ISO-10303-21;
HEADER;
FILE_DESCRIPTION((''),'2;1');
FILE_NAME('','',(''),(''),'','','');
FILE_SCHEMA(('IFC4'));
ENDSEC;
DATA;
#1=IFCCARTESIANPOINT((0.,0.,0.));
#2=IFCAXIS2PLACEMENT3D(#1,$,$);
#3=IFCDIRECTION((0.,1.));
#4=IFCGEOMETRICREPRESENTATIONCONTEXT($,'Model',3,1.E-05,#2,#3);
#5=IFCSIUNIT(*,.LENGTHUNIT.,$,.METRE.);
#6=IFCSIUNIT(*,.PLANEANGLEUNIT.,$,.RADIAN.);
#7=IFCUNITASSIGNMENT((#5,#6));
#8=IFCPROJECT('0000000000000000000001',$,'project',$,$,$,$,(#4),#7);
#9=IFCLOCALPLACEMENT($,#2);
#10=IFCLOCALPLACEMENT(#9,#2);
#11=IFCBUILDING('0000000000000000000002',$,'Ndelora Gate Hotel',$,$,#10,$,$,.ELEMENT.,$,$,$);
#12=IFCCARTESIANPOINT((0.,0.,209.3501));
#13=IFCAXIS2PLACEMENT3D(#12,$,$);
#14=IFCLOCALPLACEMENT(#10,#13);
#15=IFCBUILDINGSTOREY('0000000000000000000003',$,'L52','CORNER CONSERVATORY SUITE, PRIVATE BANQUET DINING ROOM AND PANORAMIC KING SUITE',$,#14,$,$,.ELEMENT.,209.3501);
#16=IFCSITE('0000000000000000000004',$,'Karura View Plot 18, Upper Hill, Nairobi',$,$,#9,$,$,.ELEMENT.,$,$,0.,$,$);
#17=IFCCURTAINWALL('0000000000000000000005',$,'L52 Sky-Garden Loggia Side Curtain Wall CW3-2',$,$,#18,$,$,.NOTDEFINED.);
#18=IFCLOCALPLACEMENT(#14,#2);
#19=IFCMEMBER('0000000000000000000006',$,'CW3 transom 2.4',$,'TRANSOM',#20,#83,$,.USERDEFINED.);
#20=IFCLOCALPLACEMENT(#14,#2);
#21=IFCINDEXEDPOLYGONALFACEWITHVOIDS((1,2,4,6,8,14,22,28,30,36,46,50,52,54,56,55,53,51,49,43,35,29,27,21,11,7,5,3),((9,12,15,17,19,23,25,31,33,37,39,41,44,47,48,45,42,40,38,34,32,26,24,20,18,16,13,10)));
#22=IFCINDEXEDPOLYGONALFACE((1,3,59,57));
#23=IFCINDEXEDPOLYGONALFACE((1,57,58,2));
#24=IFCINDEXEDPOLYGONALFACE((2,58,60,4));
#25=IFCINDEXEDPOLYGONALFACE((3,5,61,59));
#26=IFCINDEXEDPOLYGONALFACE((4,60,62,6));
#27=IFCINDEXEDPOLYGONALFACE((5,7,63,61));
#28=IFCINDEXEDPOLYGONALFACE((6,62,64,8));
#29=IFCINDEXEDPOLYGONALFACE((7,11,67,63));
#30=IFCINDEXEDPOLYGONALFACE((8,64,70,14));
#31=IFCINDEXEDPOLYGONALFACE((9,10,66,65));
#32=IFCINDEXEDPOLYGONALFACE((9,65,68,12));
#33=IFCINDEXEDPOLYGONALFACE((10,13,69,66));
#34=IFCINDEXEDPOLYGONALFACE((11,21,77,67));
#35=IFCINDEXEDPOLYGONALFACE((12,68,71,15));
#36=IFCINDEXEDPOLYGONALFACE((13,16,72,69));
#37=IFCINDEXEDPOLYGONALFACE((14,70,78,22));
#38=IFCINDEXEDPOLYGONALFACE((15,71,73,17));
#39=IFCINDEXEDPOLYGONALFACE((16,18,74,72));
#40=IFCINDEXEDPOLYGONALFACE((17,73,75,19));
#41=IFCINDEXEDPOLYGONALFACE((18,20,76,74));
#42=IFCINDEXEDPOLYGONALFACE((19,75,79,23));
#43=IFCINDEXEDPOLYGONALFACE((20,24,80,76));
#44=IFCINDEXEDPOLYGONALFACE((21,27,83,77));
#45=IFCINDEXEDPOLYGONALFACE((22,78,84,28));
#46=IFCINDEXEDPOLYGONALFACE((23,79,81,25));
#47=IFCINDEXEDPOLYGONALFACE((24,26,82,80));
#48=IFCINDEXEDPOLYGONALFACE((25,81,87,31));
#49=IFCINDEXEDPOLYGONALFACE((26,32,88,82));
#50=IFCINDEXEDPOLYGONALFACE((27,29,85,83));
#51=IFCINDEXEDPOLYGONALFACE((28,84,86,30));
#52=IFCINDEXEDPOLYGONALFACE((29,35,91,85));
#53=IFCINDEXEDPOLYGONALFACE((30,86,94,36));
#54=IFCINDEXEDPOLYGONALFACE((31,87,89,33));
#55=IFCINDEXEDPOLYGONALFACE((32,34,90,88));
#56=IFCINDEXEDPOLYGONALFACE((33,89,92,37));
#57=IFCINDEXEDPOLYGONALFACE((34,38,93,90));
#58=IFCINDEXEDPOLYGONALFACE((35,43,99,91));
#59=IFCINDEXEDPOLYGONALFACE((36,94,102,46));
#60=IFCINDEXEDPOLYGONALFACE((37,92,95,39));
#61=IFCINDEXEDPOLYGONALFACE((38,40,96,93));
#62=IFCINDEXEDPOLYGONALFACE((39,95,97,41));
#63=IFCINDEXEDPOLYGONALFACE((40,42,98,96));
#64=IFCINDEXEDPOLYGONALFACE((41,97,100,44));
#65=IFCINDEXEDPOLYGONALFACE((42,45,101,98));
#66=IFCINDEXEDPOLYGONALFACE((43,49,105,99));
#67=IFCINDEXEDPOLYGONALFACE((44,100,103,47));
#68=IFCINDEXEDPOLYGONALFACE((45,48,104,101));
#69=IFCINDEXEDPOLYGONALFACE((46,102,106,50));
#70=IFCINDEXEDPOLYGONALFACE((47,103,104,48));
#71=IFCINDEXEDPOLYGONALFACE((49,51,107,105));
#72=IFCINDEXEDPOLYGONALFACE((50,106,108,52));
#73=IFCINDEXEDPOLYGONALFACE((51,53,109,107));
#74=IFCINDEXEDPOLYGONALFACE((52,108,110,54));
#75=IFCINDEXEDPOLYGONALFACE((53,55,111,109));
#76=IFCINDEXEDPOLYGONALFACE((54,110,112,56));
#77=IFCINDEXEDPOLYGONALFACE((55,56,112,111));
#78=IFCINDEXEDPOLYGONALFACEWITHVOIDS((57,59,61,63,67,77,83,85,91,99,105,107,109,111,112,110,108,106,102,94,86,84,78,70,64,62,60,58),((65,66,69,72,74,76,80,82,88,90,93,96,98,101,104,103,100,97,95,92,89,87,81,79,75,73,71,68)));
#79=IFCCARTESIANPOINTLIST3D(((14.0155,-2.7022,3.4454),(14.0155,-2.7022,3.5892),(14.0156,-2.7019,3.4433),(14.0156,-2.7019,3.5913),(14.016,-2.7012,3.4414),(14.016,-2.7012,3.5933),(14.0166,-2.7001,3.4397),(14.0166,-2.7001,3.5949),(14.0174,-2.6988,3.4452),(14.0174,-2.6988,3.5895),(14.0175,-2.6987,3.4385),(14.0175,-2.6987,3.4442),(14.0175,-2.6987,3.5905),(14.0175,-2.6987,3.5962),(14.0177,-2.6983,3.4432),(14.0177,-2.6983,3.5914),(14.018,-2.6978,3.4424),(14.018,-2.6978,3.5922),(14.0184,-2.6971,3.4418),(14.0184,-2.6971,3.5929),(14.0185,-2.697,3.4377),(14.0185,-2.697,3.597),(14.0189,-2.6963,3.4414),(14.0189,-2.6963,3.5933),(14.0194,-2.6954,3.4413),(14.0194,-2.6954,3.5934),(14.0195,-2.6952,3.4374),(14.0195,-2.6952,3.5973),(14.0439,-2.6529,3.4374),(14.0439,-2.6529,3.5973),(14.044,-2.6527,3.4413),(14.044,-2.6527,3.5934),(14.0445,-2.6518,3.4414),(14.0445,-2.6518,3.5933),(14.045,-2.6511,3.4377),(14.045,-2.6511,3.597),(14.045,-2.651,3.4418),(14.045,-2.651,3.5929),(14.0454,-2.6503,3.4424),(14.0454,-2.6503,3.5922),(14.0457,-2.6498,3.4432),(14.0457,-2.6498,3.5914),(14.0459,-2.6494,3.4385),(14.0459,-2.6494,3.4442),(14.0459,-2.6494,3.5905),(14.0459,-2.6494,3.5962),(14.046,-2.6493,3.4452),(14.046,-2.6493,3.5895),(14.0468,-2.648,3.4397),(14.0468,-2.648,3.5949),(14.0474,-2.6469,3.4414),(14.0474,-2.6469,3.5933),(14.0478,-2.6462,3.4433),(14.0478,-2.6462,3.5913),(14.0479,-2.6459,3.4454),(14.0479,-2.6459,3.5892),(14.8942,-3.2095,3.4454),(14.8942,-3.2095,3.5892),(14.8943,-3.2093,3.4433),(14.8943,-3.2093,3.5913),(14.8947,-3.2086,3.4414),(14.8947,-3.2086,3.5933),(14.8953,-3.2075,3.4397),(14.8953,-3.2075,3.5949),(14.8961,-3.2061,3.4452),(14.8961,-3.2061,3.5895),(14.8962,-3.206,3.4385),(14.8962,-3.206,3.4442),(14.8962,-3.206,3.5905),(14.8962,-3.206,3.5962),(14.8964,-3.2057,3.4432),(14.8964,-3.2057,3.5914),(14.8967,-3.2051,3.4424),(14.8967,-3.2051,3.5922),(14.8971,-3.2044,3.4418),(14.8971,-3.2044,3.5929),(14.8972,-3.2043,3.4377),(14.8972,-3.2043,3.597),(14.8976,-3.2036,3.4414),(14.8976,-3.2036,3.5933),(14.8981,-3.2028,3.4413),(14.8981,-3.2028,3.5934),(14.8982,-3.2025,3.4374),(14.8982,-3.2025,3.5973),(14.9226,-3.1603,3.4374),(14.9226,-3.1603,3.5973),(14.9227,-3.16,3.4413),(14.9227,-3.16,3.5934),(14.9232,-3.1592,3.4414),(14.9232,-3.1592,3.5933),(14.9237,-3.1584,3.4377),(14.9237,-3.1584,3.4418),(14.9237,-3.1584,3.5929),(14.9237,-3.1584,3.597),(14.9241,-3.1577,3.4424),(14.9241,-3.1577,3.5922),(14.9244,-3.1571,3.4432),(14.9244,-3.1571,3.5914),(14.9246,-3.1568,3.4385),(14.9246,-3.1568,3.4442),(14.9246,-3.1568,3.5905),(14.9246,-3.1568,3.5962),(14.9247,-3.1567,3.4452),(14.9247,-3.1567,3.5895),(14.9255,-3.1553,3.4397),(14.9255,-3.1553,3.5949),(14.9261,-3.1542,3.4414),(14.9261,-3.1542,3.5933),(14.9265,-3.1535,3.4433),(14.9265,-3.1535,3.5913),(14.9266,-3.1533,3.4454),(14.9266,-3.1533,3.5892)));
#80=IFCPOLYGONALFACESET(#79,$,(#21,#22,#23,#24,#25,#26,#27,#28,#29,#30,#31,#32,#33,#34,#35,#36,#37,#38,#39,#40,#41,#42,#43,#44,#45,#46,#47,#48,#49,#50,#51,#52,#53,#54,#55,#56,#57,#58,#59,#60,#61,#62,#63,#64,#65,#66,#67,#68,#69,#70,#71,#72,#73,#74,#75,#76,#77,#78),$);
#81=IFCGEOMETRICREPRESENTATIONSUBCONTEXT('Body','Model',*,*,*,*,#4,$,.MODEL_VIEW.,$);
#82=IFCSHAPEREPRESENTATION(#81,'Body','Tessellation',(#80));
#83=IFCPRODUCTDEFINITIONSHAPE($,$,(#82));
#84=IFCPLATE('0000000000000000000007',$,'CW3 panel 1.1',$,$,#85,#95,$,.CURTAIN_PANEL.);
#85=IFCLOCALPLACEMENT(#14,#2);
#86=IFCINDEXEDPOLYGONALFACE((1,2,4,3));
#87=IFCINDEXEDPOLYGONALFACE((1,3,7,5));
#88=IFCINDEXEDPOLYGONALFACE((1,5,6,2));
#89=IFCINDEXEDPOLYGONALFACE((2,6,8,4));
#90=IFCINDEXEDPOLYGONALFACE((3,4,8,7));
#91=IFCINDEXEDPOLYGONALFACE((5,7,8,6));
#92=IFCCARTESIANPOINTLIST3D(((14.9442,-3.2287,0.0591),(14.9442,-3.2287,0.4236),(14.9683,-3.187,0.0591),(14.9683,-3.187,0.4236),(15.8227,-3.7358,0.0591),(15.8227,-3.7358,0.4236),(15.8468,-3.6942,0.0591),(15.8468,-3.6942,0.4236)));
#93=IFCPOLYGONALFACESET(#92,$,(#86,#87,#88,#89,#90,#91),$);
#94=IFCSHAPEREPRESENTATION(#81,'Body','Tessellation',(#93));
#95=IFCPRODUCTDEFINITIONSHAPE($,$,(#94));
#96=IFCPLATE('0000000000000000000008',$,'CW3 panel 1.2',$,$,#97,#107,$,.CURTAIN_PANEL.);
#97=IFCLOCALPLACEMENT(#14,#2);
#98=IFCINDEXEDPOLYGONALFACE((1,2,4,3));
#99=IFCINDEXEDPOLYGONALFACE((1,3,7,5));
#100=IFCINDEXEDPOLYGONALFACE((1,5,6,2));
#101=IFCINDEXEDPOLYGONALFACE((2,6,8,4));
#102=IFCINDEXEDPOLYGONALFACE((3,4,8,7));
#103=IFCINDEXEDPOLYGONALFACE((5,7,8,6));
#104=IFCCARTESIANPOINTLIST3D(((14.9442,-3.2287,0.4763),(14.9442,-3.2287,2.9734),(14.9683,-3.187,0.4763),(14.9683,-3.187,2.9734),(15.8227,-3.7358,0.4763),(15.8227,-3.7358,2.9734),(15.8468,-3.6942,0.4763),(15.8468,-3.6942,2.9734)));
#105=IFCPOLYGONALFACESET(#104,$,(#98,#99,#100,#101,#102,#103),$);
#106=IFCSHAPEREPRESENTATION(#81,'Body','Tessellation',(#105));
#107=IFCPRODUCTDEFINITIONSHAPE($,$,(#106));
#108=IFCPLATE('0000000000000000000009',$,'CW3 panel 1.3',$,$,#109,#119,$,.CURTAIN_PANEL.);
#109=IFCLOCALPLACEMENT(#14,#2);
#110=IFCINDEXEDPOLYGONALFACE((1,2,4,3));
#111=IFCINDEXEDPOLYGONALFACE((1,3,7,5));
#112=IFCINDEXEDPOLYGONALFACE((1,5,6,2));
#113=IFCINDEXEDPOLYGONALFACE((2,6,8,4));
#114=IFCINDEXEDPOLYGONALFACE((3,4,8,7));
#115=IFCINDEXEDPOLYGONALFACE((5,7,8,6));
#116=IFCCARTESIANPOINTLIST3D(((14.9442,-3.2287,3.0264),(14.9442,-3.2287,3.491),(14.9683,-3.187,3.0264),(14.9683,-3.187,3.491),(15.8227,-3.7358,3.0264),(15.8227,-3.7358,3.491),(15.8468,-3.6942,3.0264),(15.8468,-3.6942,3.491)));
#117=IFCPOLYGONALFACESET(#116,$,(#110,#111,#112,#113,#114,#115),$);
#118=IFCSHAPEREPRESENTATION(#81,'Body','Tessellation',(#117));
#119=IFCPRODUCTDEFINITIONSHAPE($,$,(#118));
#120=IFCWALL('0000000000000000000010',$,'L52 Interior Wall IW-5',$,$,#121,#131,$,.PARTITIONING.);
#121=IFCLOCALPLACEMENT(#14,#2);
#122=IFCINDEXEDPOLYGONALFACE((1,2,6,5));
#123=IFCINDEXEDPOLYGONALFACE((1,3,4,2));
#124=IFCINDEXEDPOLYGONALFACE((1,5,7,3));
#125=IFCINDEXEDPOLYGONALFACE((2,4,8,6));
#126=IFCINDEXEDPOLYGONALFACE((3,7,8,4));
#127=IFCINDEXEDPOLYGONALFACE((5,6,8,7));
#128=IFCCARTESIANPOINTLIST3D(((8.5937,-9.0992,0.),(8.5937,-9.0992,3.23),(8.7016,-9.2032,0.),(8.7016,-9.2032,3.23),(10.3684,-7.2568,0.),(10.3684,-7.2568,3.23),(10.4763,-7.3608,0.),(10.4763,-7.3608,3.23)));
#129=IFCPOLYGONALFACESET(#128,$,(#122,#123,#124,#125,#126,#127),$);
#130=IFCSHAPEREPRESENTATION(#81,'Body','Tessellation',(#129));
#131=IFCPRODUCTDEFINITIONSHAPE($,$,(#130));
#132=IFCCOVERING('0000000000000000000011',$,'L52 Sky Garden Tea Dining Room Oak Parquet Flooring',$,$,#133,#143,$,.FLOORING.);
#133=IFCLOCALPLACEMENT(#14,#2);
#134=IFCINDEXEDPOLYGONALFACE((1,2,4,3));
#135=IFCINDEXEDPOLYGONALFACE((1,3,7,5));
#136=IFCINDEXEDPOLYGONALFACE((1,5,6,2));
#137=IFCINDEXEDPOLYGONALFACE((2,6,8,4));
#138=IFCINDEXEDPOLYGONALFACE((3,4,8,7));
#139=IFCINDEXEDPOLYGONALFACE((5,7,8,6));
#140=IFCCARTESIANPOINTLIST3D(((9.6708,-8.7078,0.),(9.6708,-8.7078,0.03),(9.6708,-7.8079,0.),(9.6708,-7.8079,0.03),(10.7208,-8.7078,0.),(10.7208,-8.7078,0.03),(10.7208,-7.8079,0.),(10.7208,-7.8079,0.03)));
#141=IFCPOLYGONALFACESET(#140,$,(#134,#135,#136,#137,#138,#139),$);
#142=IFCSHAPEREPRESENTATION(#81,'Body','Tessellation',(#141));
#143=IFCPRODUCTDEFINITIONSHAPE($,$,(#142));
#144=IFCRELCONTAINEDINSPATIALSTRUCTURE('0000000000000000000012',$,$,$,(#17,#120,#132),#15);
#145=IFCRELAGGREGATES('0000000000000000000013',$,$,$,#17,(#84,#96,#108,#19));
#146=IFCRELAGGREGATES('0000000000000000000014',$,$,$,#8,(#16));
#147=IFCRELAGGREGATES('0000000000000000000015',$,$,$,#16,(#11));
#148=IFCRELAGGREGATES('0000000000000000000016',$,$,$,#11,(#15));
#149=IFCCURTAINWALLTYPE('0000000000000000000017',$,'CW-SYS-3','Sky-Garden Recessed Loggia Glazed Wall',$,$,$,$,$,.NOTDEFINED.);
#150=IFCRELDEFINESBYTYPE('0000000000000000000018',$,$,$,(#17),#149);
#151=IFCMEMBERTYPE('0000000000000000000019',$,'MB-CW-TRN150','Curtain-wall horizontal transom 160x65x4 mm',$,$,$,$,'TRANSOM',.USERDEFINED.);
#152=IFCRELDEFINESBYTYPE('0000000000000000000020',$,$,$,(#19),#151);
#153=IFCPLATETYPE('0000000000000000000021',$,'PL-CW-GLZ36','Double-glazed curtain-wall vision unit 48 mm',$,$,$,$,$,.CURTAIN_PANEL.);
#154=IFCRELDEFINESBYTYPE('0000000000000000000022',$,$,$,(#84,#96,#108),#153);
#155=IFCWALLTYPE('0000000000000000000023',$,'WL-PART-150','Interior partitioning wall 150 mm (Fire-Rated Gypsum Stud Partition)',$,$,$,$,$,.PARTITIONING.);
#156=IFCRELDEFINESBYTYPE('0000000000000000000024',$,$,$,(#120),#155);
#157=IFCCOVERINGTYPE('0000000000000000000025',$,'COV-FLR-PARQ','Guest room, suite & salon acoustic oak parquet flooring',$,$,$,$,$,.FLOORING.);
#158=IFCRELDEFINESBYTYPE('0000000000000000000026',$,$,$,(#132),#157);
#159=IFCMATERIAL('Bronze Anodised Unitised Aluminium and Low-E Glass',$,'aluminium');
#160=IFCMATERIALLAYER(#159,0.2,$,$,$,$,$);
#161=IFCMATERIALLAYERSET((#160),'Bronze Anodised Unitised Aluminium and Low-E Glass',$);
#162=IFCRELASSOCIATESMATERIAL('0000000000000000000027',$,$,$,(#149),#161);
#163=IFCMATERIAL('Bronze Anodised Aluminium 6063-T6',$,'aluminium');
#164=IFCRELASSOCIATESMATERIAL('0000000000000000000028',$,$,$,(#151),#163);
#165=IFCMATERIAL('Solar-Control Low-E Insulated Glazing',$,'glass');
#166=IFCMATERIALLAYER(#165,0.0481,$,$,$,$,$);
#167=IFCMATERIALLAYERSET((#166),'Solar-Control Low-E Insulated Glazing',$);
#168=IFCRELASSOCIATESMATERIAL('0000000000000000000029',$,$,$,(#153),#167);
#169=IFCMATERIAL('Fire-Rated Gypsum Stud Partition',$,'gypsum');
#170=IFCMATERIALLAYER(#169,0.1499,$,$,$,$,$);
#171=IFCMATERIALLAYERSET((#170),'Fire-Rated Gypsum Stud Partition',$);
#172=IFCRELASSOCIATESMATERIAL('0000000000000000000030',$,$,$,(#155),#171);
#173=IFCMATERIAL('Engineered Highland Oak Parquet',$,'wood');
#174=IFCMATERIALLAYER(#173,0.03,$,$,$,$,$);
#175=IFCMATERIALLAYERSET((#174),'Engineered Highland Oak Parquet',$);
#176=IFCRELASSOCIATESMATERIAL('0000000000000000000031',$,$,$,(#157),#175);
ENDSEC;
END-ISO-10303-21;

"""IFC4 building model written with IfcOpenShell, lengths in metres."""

from ifc_helpers import new_model, si_unit, direction, frame, frame_2d, origin, origin_2d, place, context, subcontext, project, spatial, rectangle, hollow_rectangle, extrude, material, layer, layer_set, material_profile, profile_set, type_object, element, aggregate, save


model = new_model("IFC4")

# Units and contexts
model_context = context("Model", 3, precision=1e-05, world=origin(), true_north=direction((0.0, 1.0)))
body_context = subcontext(model_context, "Body", "Model", "MODEL_VIEW")
ifc_project = project(units=[si_unit("LENGTHUNIT", "METRE"), si_unit("PLANEANGLEUNIT", "RADIAN")], contexts=[model_context])

# Site, building, storey
site_placement = place(None, origin())
site = spatial("IfcSite", under=ifc_project, at=site_placement, Name="Karura View Plot 18, Upper Hill, Nairobi", CompositionType="ELEMENT", RefElevation=0.0)
building_placement = place(site_placement, origin())
building = spatial("IfcBuilding", under=site, at=building_placement, Name="Ndelora Gate Hotel", CompositionType="ELEMENT")
storey_placement = place(building_placement, frame((0.0, 0.0, 209.3501)))
storey = spatial("IfcBuildingStorey", under=building, at=storey_placement, Name="L52", Description="CORNER CONSERVATORY SUITE, PRIVATE BANQUET DINING ROOM AND PANORAMIC KING SUITE", CompositionType="ELEMENT", Elevation=209.3501)

# Curtain wall, member, plates
ifc_material_1 = material(Name="Bronze Anodised Unitised Aluminium and Low-E Glass", Category="aluminium")
ifc_layer_1 = layer(ifc_material_1, 0.2)
ifc_layer_set_1 = layer_set([ifc_layer_1], Name="Bronze Anodised Unitised Aluminium and Low-E Glass")
curtain_wall_type = type_object("IfcCurtainWallType", Name="CW-SYS-3", Description="Sky-Garden Recessed Loggia Glazed Wall", PredefinedType="NOTDEFINED", material=ifc_layer_set_1)
curtain_wall_placement = place(storey_placement, origin())
curtain_wall = element("IfcCurtainWall", 1, at=curtain_wall_placement, inside=storey, type_object=curtain_wall_type, Name="L52 Sky-Garden Loggia Side Curtain Wall CW3-2", PredefinedType="NOTDEFINED")
ifc_material_2 = material(Name="Bronze Anodised Aluminium 6063-T6", Category="aluminium")
ifc_material_profile_1 = material_profile(ifc_material_2, hollow_rectangle(XDim=0.0649, YDim=0.1599, WallThickness=0.0039, InnerFilletRadius=0.0039, OuterFilletRadius=0.0081, at=origin_2d()), Name="ALU 160x65x4")
ifc_profile_set_1 = profile_set([ifc_material_profile_1], Name="Bronze Anodised Aluminium 6063-T6")
member_type_1 = type_object("IfcMemberType", Name="MB-CW-TRN150", Description="Curtain-wall horizontal transom 160x65x4 mm", ElementType="TRANSOM", PredefinedType="USERDEFINED", material=ifc_profile_set_1)
member_1_placement = place(storey_placement, frame((14.9104, -3.1814, 3.5173), z_axis=(-0.866013, 0.500021, 0.0), x_axis=(-0.500021, -0.866013, 0.0)))
member_1 = element("IfcMember", 2, at=member_1_placement, type_object=member_type_1, Name="CW3 transom 2.4", ObjectType="TRANSOM", PredefinedType="USERDEFINED", context=body_context, shape_type="SweptSolid", body=[
    extrude(hollow_rectangle(XDim=0.0649, YDim=0.1599, WallThickness=0.0039, InnerFilletRadius=0.0039, OuterFilletRadius=0.0081, at=origin_2d()), origin(), (0.0, 0.0, 1.0), 1.0146),
])
ifc_material_3 = material(Name="Solar-Control Low-E Insulated Glazing", Category="glass")
ifc_layer_2 = layer(ifc_material_3, 0.0481)
ifc_layer_set_2 = layer_set([ifc_layer_2], Name="Solar-Control Low-E Insulated Glazing")
plate_type = type_object("IfcPlateType", Name="PL-CW-GLZ36", Description="Double-glazed curtain-wall vision unit 48 mm", PredefinedType="CURTAIN_PANEL", material=ifc_layer_set_2)
plate_1_placement = place(storey_placement, frame((15.3955, -3.4614, 0.0591), z_axis=(0.0, 0.0, 1.0), x_axis=(-0.86603, 0.499991, 0.0)))
plate_1 = element("IfcPlate", 3, at=plate_1_placement, type_object=plate_type, Name="CW3 panel 1.1", PredefinedType="CURTAIN_PANEL", context=body_context, shape_type="SweptSolid", body=[
    extrude(rectangle(XDim=1.0144, YDim=0.0481, at=origin_2d()), origin(), (0.0, 0.0, 1.0), 0.3645),
])
plate_2_placement = place(storey_placement, frame((15.3955, -3.4614, 0.4763), z_axis=(0.0, 0.0, 1.0), x_axis=(-0.86603, 0.499991, 0.0)))
plate_2 = element("IfcPlate", 4, at=plate_2_placement, type_object=plate_type, Name="CW3 panel 1.2", PredefinedType="CURTAIN_PANEL", context=body_context, shape_type="SweptSolid", body=[
    extrude(rectangle(XDim=1.0144, YDim=0.0481, at=origin_2d()), origin(), (0.0, 0.0, 1.0), 2.4971),
])
plate_3_placement = place(storey_placement, frame((15.3955, -3.4614, 3.0264), z_axis=(0.0, 0.0, 1.0), x_axis=(-0.86603, 0.499991, 0.0)))
plate_3 = element("IfcPlate", 5, at=plate_3_placement, type_object=plate_type, Name="CW3 panel 1.3", PredefinedType="CURTAIN_PANEL", context=body_context, shape_type="SweptSolid", body=[
    extrude(rectangle(XDim=1.0144, YDim=0.0481, at=origin_2d()), origin(), (0.0, 0.0, 1.0), 0.4646),
])
aggregate(curtain_wall, [plate_1, plate_2, plate_3, member_1])

# Wall
ifc_material_4 = material(Name="Fire-Rated Gypsum Stud Partition", Category="gypsum")
ifc_layer_3 = layer(ifc_material_4, 0.1499)
ifc_layer_set_3 = layer_set([ifc_layer_3], Name="Fire-Rated Gypsum Stud Partition")
wall_type = type_object("IfcWallType", Name="WL-PART-150", Description="Interior partitioning wall 150 mm (Fire-Rated Gypsum Stud Partition)", PredefinedType="PARTITIONING", material=ifc_layer_set_3)
wall_placement = place(storey_placement, frame((10.4224, -7.3088, 0.0), z_axis=(0.0, 0.0, 1.0), x_axis=(-0.693765, -0.720202, 0.0)))
element("IfcWall", 6, at=wall_placement, inside=storey, type_object=wall_type, Name="L52 Interior Wall IW-5", PredefinedType="PARTITIONING", context=body_context, shape_type="SweptSolid", body=[
    extrude(rectangle(XDim=2.5581, YDim=0.1499, at=frame_2d((1.2791, 0.0))), origin(), (0.0, 0.0, 1.0), 3.23),
])

# Covering
ifc_material_5 = material(Name="Engineered Highland Oak Parquet", Category="wood")
ifc_layer_4 = layer(ifc_material_5, 0.03)
ifc_layer_set_4 = layer_set([ifc_layer_4], Name="Engineered Highland Oak Parquet")
covering_type = type_object("IfcCoveringType", Name="COV-FLR-PARQ", Description="Guest room, suite & salon acoustic oak parquet flooring", PredefinedType="FLOORING", material=ifc_layer_set_4)
covering_placement = place(storey_placement, frame((10.1958, -8.2578, 0.0), z_axis=(0.0, 0.0, 1.0), x_axis=(1.0, 0.0, 0.0)))
element("IfcCovering", 7, at=covering_placement, inside=storey, type_object=covering_type, Name="L52 Sky Garden Tea Dining Room Oak Parquet Flooring", PredefinedType="FLOORING", context=body_context, shape_type="SweptSolid", body=[
    extrude(rectangle(XDim=1.05, YDim=0.8999, at=origin_2d()), origin(), (0.0, 0.0, 1.0), 0.03),
])

save(model, "model.ifc")
